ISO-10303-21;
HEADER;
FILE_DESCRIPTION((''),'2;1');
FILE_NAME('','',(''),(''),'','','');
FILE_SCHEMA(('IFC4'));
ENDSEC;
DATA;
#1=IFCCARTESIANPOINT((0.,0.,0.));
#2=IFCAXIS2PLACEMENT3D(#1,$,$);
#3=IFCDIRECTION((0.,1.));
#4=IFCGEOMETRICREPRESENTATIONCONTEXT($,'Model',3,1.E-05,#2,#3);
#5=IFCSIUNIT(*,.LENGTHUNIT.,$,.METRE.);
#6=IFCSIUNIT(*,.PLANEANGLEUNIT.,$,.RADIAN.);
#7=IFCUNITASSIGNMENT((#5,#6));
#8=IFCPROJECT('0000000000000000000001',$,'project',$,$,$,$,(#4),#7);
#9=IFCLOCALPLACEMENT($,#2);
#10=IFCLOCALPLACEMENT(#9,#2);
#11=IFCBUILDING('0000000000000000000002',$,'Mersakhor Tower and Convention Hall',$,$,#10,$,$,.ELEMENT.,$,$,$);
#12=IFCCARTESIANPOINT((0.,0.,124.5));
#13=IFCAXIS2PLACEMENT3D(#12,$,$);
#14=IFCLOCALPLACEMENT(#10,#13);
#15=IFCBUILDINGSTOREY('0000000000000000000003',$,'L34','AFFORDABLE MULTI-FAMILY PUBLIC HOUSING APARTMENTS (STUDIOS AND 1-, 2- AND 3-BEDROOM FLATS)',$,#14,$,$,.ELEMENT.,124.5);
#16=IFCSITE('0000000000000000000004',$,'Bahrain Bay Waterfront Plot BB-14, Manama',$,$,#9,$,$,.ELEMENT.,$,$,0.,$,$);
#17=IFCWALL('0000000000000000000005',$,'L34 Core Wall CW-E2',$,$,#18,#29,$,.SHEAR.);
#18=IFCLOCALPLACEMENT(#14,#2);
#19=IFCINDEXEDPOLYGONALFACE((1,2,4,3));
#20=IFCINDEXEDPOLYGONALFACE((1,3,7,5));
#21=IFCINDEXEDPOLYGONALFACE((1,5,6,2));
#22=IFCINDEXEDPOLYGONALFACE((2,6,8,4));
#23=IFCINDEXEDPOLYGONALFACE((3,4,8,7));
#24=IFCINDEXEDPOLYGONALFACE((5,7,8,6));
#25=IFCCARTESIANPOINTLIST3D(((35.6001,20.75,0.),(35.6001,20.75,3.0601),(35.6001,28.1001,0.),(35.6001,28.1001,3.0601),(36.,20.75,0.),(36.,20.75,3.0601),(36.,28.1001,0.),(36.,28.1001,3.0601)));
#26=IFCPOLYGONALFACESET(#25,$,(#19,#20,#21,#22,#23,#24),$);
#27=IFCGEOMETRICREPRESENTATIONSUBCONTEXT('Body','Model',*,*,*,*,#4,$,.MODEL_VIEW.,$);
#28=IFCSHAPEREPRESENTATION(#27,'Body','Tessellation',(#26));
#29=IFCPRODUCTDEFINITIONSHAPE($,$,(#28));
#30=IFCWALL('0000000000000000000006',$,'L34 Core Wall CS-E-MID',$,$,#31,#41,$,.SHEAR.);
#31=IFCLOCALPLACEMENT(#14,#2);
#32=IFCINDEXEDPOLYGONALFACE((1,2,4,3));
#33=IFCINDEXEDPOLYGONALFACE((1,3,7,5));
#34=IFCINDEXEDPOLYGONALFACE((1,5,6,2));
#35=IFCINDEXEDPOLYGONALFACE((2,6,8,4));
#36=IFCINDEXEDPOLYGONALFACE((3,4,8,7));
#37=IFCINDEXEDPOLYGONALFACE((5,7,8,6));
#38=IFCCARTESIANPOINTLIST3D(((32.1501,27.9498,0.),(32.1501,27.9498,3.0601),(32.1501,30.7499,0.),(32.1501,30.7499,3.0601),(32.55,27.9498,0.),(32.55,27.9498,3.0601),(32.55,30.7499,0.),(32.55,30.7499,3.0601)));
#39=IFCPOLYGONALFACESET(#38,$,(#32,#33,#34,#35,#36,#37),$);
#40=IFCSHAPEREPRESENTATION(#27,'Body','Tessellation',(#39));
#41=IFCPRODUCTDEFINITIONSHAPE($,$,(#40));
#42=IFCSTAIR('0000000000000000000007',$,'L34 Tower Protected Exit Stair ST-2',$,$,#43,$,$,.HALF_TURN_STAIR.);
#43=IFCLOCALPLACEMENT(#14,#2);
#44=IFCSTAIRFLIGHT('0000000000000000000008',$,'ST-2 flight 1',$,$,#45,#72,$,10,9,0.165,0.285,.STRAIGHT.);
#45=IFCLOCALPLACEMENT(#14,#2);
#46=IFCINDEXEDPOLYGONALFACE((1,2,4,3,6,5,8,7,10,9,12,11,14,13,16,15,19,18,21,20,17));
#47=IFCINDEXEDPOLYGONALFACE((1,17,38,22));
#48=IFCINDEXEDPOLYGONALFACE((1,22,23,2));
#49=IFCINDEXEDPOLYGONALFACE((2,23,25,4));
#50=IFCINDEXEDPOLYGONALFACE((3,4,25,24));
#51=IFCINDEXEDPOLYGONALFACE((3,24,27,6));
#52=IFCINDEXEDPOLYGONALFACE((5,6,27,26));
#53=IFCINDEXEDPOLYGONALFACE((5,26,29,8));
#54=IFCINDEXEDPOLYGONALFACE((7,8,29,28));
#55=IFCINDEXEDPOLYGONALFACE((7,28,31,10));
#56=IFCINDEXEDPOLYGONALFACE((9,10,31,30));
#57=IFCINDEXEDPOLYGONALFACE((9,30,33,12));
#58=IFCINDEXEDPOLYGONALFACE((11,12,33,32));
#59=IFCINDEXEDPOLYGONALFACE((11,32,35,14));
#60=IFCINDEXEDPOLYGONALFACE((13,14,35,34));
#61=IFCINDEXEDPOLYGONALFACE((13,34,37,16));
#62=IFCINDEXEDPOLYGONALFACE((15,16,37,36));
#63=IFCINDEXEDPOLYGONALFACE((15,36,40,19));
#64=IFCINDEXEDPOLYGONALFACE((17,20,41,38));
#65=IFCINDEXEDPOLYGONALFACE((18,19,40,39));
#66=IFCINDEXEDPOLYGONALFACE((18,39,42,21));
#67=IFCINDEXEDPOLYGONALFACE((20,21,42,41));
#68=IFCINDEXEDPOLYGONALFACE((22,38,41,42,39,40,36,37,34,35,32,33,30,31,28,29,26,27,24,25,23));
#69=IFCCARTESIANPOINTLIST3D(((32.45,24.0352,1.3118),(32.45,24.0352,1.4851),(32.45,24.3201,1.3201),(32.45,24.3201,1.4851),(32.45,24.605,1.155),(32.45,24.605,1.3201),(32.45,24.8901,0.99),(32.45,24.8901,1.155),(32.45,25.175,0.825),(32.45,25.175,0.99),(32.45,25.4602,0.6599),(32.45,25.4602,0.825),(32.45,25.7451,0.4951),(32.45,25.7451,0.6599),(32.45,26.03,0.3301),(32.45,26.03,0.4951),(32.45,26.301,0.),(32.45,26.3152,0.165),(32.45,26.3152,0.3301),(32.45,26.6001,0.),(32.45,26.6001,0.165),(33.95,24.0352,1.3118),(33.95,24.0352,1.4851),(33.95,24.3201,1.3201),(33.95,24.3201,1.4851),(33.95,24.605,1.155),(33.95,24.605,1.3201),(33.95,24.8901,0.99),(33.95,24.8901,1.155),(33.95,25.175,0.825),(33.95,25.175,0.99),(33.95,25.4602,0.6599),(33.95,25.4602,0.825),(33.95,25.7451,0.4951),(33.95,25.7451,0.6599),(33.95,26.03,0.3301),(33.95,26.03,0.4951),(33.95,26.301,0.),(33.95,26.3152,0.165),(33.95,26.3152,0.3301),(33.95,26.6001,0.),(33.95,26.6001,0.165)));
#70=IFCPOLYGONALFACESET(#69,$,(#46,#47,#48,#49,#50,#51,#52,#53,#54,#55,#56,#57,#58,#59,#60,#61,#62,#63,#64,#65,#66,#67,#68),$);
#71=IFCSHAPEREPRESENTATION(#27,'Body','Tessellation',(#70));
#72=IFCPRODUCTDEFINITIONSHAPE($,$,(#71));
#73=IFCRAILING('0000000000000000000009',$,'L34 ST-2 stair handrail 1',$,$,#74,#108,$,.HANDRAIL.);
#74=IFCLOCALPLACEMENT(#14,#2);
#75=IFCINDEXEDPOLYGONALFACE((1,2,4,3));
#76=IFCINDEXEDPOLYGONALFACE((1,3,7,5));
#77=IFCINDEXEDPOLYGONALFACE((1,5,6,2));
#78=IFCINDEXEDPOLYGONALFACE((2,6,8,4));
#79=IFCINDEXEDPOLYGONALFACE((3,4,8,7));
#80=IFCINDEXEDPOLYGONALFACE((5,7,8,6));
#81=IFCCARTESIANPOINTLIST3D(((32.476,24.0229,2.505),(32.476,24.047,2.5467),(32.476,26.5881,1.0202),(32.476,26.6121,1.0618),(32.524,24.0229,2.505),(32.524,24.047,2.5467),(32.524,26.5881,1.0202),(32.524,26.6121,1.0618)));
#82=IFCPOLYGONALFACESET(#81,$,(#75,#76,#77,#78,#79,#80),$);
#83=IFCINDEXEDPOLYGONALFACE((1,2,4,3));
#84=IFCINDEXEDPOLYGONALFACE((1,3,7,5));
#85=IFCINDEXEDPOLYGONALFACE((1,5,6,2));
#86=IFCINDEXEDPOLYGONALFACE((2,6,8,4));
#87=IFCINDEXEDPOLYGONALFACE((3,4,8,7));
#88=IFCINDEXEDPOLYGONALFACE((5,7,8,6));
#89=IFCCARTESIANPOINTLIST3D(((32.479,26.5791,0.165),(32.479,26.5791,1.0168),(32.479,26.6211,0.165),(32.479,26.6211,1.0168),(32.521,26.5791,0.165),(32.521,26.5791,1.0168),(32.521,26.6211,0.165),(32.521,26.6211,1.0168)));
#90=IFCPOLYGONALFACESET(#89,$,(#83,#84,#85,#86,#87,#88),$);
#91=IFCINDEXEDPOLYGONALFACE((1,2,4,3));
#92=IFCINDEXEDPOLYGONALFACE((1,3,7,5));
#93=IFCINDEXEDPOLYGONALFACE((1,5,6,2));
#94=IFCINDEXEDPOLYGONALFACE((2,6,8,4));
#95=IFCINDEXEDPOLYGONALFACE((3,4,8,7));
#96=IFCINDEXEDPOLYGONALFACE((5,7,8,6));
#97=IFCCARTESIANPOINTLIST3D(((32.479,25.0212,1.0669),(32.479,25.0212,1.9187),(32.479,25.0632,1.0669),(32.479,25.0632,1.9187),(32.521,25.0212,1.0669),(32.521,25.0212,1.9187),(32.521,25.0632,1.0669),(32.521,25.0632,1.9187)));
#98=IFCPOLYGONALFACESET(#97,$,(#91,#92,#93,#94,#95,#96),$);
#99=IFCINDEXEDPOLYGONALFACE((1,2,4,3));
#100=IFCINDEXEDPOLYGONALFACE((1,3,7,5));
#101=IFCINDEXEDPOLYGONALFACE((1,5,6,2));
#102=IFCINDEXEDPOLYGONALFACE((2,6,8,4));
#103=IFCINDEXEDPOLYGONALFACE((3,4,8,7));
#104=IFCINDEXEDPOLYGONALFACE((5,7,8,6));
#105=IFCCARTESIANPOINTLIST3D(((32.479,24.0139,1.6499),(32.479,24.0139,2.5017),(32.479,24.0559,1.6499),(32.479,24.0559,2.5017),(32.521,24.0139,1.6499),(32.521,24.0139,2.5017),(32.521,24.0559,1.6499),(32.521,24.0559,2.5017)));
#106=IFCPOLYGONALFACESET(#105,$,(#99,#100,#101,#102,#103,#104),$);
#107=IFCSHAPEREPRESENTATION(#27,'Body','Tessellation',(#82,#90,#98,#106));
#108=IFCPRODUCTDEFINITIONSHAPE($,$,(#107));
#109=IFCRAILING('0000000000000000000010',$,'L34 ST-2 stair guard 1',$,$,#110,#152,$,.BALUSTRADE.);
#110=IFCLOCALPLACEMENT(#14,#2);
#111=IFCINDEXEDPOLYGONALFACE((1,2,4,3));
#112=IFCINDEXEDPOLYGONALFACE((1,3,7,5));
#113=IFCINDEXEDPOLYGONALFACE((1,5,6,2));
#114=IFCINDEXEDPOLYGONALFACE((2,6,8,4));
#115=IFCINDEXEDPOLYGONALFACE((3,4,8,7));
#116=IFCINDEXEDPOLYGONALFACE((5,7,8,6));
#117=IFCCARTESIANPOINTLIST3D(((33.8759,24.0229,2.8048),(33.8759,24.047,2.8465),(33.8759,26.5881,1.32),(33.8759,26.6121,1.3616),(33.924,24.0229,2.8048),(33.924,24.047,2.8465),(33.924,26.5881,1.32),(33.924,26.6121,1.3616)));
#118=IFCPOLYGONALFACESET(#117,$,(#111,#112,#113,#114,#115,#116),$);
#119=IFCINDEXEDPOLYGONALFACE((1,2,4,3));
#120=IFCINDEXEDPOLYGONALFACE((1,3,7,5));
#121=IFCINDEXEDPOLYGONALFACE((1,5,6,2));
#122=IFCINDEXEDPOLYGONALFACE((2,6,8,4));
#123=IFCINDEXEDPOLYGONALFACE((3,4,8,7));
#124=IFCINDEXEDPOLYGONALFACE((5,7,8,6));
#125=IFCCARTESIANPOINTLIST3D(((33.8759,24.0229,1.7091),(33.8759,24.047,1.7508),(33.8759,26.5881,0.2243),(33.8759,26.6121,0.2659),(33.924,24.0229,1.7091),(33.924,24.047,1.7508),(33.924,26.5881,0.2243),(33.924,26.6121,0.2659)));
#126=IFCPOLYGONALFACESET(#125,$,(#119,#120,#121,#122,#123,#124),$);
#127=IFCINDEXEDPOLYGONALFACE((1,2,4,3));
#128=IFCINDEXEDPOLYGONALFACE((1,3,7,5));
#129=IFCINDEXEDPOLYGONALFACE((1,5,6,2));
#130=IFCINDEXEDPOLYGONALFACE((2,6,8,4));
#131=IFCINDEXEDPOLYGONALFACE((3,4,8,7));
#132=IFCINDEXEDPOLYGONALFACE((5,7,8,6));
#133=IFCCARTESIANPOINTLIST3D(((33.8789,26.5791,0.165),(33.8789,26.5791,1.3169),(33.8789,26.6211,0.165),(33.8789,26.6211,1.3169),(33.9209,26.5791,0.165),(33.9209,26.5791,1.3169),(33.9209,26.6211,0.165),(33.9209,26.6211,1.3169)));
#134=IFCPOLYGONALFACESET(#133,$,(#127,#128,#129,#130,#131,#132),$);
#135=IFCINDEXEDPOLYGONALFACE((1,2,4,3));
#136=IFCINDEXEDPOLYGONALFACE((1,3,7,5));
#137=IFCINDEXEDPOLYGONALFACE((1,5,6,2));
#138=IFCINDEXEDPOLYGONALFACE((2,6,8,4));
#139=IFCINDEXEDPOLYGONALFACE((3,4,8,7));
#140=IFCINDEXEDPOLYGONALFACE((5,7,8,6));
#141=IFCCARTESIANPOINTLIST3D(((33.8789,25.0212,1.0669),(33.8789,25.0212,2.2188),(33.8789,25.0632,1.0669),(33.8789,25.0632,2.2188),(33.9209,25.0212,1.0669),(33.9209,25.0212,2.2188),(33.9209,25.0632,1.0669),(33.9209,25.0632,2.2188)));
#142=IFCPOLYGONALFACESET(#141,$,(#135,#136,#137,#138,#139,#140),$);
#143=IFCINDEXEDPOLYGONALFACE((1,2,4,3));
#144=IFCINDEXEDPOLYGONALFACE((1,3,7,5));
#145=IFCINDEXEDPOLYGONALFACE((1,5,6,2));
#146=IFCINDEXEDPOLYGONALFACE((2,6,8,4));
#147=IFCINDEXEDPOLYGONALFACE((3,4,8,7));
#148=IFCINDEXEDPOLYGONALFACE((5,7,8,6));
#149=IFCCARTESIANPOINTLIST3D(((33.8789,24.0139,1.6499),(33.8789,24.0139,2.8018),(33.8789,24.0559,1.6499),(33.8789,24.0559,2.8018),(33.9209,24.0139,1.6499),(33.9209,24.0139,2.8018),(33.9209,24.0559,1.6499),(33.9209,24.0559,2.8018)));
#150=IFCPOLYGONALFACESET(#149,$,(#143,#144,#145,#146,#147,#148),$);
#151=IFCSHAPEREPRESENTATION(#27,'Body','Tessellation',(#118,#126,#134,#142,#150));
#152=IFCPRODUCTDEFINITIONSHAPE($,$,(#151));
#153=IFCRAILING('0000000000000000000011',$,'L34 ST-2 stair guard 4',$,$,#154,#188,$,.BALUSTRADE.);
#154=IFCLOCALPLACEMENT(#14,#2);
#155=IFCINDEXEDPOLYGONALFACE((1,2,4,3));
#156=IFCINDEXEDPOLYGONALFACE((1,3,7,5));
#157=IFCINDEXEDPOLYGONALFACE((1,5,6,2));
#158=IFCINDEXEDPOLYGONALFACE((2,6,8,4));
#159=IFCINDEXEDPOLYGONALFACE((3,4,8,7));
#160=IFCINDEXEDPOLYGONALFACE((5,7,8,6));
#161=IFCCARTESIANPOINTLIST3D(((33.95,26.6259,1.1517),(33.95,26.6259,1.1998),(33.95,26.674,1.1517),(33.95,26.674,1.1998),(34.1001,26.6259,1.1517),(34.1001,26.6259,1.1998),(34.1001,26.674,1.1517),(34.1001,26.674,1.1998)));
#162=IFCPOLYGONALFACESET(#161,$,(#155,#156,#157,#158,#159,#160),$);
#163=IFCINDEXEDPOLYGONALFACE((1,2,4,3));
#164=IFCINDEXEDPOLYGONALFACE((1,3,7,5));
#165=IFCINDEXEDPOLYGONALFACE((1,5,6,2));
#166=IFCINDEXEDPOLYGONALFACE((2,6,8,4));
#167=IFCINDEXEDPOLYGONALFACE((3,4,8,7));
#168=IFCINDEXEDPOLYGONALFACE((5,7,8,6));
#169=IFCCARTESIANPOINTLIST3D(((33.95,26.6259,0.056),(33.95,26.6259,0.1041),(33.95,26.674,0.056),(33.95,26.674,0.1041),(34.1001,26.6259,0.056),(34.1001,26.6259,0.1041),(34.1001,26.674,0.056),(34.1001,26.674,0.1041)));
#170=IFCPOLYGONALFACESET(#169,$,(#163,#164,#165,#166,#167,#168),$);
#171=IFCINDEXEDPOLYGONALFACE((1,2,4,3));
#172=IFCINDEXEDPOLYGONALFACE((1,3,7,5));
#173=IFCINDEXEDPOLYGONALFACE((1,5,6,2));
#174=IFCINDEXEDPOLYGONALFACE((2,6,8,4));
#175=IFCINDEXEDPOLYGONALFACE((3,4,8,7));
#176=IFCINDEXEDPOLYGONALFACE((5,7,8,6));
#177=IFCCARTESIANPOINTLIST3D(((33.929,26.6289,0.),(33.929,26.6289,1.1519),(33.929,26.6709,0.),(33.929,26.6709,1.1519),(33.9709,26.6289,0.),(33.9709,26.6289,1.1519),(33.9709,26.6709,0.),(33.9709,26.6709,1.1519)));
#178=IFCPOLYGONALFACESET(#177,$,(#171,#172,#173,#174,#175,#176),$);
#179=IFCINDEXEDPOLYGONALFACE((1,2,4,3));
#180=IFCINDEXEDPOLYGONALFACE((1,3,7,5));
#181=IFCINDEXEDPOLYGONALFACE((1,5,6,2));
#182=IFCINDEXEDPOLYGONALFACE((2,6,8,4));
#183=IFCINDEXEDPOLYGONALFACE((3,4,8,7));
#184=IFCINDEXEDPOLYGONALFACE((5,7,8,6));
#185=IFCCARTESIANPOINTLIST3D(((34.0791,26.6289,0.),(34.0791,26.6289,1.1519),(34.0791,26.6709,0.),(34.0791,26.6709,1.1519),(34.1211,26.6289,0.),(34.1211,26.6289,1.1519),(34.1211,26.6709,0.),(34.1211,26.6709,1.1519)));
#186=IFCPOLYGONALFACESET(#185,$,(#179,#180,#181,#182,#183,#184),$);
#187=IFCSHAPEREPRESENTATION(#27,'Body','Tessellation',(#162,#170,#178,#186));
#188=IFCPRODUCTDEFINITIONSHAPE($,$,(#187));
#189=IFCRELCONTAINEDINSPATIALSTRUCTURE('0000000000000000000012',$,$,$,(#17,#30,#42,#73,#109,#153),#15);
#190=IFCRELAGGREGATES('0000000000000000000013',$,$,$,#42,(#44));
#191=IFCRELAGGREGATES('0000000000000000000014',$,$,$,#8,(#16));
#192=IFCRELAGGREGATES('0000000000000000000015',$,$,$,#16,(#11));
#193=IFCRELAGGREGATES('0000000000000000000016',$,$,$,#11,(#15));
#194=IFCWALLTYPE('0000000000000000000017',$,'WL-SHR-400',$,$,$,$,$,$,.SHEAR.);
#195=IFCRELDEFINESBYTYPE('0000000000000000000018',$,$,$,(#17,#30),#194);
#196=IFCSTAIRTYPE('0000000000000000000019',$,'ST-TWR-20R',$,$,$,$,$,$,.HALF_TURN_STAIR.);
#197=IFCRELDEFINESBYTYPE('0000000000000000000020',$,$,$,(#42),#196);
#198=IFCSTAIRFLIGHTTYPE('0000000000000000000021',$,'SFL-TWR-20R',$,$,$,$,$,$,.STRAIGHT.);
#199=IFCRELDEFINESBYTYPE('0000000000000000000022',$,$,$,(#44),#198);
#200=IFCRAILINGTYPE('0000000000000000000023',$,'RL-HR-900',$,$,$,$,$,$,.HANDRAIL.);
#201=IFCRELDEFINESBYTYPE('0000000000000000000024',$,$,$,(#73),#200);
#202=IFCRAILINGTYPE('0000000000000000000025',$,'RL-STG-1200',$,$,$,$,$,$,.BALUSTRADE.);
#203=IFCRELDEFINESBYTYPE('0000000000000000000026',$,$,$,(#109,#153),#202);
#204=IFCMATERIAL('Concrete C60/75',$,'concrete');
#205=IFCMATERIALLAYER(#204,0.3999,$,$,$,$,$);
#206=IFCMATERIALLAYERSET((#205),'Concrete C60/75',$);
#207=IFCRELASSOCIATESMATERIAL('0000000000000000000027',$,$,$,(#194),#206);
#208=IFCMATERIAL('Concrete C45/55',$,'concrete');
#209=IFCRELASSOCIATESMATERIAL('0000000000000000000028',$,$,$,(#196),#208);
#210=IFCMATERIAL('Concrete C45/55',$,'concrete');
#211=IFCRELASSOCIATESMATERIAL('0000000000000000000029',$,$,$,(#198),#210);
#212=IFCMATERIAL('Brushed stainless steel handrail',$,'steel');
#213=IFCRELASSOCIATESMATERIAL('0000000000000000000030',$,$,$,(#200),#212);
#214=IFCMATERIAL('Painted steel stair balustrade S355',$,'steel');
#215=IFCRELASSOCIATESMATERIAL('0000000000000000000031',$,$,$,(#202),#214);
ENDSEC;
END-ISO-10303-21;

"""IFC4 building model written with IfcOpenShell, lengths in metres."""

from ifc_helpers import new_model, si_unit, direction, frame, frame_2d, origin, origin_2d, place, context, subcontext, project, spatial, polyline, rectangle, outline, extrude, material, layer, layer_set, type_object, element, aggregate, save


model = new_model("IFC4")

# Units and contexts
model_context = context("Model", 3, precision=1e-05, world=origin(), true_north=direction((0.0, 1.0)))
body_context = subcontext(model_context, "Body", "Model", "MODEL_VIEW")
ifc_project = project(units=[si_unit("LENGTHUNIT", "METRE"), si_unit("PLANEANGLEUNIT", "RADIAN")], contexts=[model_context])

# Site, building, storey
site_placement = place(None, origin())
site = spatial("IfcSite", under=ifc_project, at=site_placement, Name="Bahrain Bay Waterfront Plot BB-14, Manama", CompositionType="ELEMENT", RefElevation=0.0)
building_placement = place(site_placement, origin())
building = spatial("IfcBuilding", under=site, at=building_placement, Name="Mersakhor Tower and Convention Hall", CompositionType="ELEMENT")
storey_placement = place(building_placement, frame((0.0, 0.0, 124.5)))
storey = spatial("IfcBuildingStorey", under=building, at=storey_placement, Name="L34", Description="AFFORDABLE MULTI-FAMILY PUBLIC HOUSING APARTMENTS (STUDIOS AND 1-, 2- AND 3-BEDROOM FLATS)", CompositionType="ELEMENT", Elevation=124.5)

# Shared definitions
ifc_material_1 = material(Name="Concrete C60/75", Category="concrete")
ifc_layer_1 = layer(ifc_material_1, 0.3999)
ifc_layer_set_1 = layer_set([ifc_layer_1], Name="Concrete C60/75")
wall_type_1 = type_object("IfcWallType", Name="WL-SHR-400", PredefinedType="SHEAR", material=ifc_layer_set_1)

# Walls
wall_1_placement = place(storey_placement, frame((35.8, 28.1001, 0.0), z_axis=(0.0, 0.0, 1.0), x_axis=(0.0, -1.0, 0.0)))
element("IfcWall", 1, at=wall_1_placement, inside=storey, type_object=wall_type_1, Name="L34 Core Wall CW-E2", PredefinedType="SHEAR", context=body_context, shape_type="SweptSolid", body=[
    extrude(rectangle(XDim=7.3501, YDim=0.3999, at=frame_2d((3.675, 0.0))), origin(), (0.0, 0.0, 1.0), 3.0601),
])
wall_2_placement = place(storey_placement, frame((32.3501, 27.95, 0.0), z_axis=(0.0, 0.0, 1.0), x_axis=(0.0, 1.0, 0.0)))
element("IfcWall", 2, at=wall_2_placement, inside=storey, type_object=wall_type_1, Name="L34 Core Wall CS-E-MID", PredefinedType="SHEAR", context=body_context, shape_type="SweptSolid", body=[
    extrude(rectangle(XDim=2.8, YDim=0.3999, at=frame_2d((1.3999, 0.0))), origin(), (0.0, 0.0, 1.0), 3.0601),
])

# Stair, stair flight
ifc_material_2 = material(Name="Concrete C45/55", Category="concrete")
stair_type = type_object("IfcStairType", Name="ST-TWR-20R", PredefinedType="HALF_TURN_STAIR", material=ifc_material_2)
stair_placement = place(storey_placement, origin())
stair = element("IfcStair", 3, at=stair_placement, inside=storey, type_object=stair_type, Name="L34 Tower Protected Exit Stair ST-2", PredefinedType="HALF_TURN_STAIR")
ifc_material_3 = material(Name="Concrete C45/55", Category="concrete")
stair_flight_type = type_object("IfcStairFlightType", Name="SFL-TWR-20R", PredefinedType="STRAIGHT", material=ifc_material_3)
stair_flight_placement = place(storey_placement, frame((33.2, 26.6001, 0.0), z_axis=(0.0, 0.0, 1.0), x_axis=(0.0, -1.0, 0.0)))
stair_flight = element("IfcStairFlight", 4, at=stair_flight_placement, type_object=stair_flight_type, Name="ST-2 flight 1", NumberOfRisers=10, NumberOfTreads=9, PredefinedType="STRAIGHT", RiserHeight=0.165, TreadLength=0.285, context=body_context, shape_type="SweptSolid", body=[
    extrude(outline(polyline([(0.0, 0.0), (0.0, 0.165), (0.2849, 0.165), (0.2849, 0.3301), (0.5701, 0.3301), (0.5701, 0.4951), (0.855, 0.4951), (0.855, 0.6599), (1.1399, 0.6599), (1.1399, 0.825), (1.425, 0.825), (1.425, 0.99), (1.71, 0.99), (1.71, 1.155), (1.9951, 1.155), (1.9951, 1.3201), (2.28, 1.3201), (2.28, 1.4851), (2.5649, 1.4851), (2.5649, 1.6499), (2.5649, 1.3118), (0.2991, 0.0), (0.0, 0.0)])), frame((0.0, 0.75, 0.0), z_axis=(0.0, -1.0, 0.0), x_axis=(1.0, 0.0, 0.0)), (0.0, 0.0, 1.0), 1.5),
])
aggregate(stair, [stair_flight])

# Railings
ifc_material_4 = material(Name="Brushed stainless steel handrail", Category="steel")
railing_type_1 = type_object("IfcRailingType", Name="RL-HR-900", PredefinedType="HANDRAIL", material=ifc_material_4)
railing_1_placement = place(storey_placement, frame((32.5, 26.6001, 0.165)))
element("IfcRailing", 5, at=railing_1_placement, inside=storey, type_object=railing_type_1, Name="L34 ST-2 stair handrail 1", PredefinedType="HANDRAIL", context=body_context, shape_type="SweptSolid", body=[
    extrude(rectangle(XDim=0.0481, YDim=0.0481, at=origin_2d()), frame((0.0, 0.0, 0.876), z_axis=(0.0, -0.865462, 0.500975), x_axis=(1.0, 0.0, 0.0)), (0.0, 0.0, 1.0), 2.9639),
    extrude(rectangle(XDim=0.042, YDim=0.042, at=origin_2d()), origin(), (0.0, 0.0, 1.0), 0.8518),
    extrude(rectangle(XDim=0.042, YDim=0.042, at=origin_2d()), frame((0.0, -1.5579, 0.9019)), (0.0, 0.0, 1.0), 0.8518),
    extrude(rectangle(XDim=0.042, YDim=0.042, at=origin_2d()), frame((0.0, -2.5652, 1.4849)), (0.0, 0.0, 1.0), 0.8518),
])
ifc_material_5 = material(Name="Painted steel stair balustrade S355", Category="steel")
railing_type_2 = type_object("IfcRailingType", Name="RL-STG-1200", PredefinedType="BALUSTRADE", material=ifc_material_5)
railing_2_placement = place(storey_placement, frame((33.8999, 26.6001, 0.165)))
element("IfcRailing", 6, at=railing_2_placement, inside=storey, type_object=railing_type_2, Name="L34 ST-2 stair guard 1", PredefinedType="BALUSTRADE", context=body_context, shape_type="SweptSolid", body=[
    extrude(rectangle(XDim=0.0481, YDim=0.0481, at=origin_2d()), frame((0.0, 0.0, 1.1758), z_axis=(0.0, -0.865462, 0.500975), x_axis=(1.0, 0.0, 0.0)), (0.0, 0.0, 1.0), 2.9639),
    extrude(rectangle(XDim=0.0481, YDim=0.0481, at=origin_2d()), frame((0.0, 0.0, 0.0801), z_axis=(0.0, -0.865462, 0.500975), x_axis=(1.0, 0.0, 0.0)), (0.0, 0.0, 1.0), 2.9639),
    extrude(rectangle(XDim=0.042, YDim=0.042, at=origin_2d()), origin(), (0.0, 0.0, 1.0), 1.1519),
    extrude(rectangle(XDim=0.042, YDim=0.042, at=origin_2d()), frame((0.0, -1.5579, 0.9019)), (0.0, 0.0, 1.0), 1.1519),
    extrude(rectangle(XDim=0.042, YDim=0.042, at=origin_2d()), frame((0.0, -2.5652, 1.4849)), (0.0, 0.0, 1.0), 1.1519),
])
railing_3_placement = place(storey_placement, frame((33.95, 26.6499, 0.0)))
element("IfcRailing", 7, at=railing_3_placement, inside=storey, type_object=railing_type_2, Name="L34 ST-2 stair guard 4", PredefinedType="BALUSTRADE", context=body_context, shape_type="SweptSolid", body=[
    extrude(rectangle(XDim=0.0481, YDim=0.0481, at=origin_2d()), frame((0.0, 0.0, 1.1758), z_axis=(1.0, 0.0, 0.0), x_axis=(0.0, 1.0, 0.0)), (0.0, 0.0, 1.0), 0.1501),
    extrude(rectangle(XDim=0.0481, YDim=0.0481, at=origin_2d()), frame((0.0, 0.0, 0.0801), z_axis=(1.0, 0.0, 0.0), x_axis=(0.0, 1.0, 0.0)), (0.0, 0.0, 1.0), 0.1501),
    extrude(rectangle(XDim=0.042, YDim=0.042, at=origin_2d()), origin(), (0.0, 0.0, 1.0), 1.1519),
    extrude(rectangle(XDim=0.042, YDim=0.042, at=origin_2d()), frame((0.1501, 0.0, 0.0)), (0.0, 0.0, 1.0), 1.1519),
])

save(model, "model.ifc")
